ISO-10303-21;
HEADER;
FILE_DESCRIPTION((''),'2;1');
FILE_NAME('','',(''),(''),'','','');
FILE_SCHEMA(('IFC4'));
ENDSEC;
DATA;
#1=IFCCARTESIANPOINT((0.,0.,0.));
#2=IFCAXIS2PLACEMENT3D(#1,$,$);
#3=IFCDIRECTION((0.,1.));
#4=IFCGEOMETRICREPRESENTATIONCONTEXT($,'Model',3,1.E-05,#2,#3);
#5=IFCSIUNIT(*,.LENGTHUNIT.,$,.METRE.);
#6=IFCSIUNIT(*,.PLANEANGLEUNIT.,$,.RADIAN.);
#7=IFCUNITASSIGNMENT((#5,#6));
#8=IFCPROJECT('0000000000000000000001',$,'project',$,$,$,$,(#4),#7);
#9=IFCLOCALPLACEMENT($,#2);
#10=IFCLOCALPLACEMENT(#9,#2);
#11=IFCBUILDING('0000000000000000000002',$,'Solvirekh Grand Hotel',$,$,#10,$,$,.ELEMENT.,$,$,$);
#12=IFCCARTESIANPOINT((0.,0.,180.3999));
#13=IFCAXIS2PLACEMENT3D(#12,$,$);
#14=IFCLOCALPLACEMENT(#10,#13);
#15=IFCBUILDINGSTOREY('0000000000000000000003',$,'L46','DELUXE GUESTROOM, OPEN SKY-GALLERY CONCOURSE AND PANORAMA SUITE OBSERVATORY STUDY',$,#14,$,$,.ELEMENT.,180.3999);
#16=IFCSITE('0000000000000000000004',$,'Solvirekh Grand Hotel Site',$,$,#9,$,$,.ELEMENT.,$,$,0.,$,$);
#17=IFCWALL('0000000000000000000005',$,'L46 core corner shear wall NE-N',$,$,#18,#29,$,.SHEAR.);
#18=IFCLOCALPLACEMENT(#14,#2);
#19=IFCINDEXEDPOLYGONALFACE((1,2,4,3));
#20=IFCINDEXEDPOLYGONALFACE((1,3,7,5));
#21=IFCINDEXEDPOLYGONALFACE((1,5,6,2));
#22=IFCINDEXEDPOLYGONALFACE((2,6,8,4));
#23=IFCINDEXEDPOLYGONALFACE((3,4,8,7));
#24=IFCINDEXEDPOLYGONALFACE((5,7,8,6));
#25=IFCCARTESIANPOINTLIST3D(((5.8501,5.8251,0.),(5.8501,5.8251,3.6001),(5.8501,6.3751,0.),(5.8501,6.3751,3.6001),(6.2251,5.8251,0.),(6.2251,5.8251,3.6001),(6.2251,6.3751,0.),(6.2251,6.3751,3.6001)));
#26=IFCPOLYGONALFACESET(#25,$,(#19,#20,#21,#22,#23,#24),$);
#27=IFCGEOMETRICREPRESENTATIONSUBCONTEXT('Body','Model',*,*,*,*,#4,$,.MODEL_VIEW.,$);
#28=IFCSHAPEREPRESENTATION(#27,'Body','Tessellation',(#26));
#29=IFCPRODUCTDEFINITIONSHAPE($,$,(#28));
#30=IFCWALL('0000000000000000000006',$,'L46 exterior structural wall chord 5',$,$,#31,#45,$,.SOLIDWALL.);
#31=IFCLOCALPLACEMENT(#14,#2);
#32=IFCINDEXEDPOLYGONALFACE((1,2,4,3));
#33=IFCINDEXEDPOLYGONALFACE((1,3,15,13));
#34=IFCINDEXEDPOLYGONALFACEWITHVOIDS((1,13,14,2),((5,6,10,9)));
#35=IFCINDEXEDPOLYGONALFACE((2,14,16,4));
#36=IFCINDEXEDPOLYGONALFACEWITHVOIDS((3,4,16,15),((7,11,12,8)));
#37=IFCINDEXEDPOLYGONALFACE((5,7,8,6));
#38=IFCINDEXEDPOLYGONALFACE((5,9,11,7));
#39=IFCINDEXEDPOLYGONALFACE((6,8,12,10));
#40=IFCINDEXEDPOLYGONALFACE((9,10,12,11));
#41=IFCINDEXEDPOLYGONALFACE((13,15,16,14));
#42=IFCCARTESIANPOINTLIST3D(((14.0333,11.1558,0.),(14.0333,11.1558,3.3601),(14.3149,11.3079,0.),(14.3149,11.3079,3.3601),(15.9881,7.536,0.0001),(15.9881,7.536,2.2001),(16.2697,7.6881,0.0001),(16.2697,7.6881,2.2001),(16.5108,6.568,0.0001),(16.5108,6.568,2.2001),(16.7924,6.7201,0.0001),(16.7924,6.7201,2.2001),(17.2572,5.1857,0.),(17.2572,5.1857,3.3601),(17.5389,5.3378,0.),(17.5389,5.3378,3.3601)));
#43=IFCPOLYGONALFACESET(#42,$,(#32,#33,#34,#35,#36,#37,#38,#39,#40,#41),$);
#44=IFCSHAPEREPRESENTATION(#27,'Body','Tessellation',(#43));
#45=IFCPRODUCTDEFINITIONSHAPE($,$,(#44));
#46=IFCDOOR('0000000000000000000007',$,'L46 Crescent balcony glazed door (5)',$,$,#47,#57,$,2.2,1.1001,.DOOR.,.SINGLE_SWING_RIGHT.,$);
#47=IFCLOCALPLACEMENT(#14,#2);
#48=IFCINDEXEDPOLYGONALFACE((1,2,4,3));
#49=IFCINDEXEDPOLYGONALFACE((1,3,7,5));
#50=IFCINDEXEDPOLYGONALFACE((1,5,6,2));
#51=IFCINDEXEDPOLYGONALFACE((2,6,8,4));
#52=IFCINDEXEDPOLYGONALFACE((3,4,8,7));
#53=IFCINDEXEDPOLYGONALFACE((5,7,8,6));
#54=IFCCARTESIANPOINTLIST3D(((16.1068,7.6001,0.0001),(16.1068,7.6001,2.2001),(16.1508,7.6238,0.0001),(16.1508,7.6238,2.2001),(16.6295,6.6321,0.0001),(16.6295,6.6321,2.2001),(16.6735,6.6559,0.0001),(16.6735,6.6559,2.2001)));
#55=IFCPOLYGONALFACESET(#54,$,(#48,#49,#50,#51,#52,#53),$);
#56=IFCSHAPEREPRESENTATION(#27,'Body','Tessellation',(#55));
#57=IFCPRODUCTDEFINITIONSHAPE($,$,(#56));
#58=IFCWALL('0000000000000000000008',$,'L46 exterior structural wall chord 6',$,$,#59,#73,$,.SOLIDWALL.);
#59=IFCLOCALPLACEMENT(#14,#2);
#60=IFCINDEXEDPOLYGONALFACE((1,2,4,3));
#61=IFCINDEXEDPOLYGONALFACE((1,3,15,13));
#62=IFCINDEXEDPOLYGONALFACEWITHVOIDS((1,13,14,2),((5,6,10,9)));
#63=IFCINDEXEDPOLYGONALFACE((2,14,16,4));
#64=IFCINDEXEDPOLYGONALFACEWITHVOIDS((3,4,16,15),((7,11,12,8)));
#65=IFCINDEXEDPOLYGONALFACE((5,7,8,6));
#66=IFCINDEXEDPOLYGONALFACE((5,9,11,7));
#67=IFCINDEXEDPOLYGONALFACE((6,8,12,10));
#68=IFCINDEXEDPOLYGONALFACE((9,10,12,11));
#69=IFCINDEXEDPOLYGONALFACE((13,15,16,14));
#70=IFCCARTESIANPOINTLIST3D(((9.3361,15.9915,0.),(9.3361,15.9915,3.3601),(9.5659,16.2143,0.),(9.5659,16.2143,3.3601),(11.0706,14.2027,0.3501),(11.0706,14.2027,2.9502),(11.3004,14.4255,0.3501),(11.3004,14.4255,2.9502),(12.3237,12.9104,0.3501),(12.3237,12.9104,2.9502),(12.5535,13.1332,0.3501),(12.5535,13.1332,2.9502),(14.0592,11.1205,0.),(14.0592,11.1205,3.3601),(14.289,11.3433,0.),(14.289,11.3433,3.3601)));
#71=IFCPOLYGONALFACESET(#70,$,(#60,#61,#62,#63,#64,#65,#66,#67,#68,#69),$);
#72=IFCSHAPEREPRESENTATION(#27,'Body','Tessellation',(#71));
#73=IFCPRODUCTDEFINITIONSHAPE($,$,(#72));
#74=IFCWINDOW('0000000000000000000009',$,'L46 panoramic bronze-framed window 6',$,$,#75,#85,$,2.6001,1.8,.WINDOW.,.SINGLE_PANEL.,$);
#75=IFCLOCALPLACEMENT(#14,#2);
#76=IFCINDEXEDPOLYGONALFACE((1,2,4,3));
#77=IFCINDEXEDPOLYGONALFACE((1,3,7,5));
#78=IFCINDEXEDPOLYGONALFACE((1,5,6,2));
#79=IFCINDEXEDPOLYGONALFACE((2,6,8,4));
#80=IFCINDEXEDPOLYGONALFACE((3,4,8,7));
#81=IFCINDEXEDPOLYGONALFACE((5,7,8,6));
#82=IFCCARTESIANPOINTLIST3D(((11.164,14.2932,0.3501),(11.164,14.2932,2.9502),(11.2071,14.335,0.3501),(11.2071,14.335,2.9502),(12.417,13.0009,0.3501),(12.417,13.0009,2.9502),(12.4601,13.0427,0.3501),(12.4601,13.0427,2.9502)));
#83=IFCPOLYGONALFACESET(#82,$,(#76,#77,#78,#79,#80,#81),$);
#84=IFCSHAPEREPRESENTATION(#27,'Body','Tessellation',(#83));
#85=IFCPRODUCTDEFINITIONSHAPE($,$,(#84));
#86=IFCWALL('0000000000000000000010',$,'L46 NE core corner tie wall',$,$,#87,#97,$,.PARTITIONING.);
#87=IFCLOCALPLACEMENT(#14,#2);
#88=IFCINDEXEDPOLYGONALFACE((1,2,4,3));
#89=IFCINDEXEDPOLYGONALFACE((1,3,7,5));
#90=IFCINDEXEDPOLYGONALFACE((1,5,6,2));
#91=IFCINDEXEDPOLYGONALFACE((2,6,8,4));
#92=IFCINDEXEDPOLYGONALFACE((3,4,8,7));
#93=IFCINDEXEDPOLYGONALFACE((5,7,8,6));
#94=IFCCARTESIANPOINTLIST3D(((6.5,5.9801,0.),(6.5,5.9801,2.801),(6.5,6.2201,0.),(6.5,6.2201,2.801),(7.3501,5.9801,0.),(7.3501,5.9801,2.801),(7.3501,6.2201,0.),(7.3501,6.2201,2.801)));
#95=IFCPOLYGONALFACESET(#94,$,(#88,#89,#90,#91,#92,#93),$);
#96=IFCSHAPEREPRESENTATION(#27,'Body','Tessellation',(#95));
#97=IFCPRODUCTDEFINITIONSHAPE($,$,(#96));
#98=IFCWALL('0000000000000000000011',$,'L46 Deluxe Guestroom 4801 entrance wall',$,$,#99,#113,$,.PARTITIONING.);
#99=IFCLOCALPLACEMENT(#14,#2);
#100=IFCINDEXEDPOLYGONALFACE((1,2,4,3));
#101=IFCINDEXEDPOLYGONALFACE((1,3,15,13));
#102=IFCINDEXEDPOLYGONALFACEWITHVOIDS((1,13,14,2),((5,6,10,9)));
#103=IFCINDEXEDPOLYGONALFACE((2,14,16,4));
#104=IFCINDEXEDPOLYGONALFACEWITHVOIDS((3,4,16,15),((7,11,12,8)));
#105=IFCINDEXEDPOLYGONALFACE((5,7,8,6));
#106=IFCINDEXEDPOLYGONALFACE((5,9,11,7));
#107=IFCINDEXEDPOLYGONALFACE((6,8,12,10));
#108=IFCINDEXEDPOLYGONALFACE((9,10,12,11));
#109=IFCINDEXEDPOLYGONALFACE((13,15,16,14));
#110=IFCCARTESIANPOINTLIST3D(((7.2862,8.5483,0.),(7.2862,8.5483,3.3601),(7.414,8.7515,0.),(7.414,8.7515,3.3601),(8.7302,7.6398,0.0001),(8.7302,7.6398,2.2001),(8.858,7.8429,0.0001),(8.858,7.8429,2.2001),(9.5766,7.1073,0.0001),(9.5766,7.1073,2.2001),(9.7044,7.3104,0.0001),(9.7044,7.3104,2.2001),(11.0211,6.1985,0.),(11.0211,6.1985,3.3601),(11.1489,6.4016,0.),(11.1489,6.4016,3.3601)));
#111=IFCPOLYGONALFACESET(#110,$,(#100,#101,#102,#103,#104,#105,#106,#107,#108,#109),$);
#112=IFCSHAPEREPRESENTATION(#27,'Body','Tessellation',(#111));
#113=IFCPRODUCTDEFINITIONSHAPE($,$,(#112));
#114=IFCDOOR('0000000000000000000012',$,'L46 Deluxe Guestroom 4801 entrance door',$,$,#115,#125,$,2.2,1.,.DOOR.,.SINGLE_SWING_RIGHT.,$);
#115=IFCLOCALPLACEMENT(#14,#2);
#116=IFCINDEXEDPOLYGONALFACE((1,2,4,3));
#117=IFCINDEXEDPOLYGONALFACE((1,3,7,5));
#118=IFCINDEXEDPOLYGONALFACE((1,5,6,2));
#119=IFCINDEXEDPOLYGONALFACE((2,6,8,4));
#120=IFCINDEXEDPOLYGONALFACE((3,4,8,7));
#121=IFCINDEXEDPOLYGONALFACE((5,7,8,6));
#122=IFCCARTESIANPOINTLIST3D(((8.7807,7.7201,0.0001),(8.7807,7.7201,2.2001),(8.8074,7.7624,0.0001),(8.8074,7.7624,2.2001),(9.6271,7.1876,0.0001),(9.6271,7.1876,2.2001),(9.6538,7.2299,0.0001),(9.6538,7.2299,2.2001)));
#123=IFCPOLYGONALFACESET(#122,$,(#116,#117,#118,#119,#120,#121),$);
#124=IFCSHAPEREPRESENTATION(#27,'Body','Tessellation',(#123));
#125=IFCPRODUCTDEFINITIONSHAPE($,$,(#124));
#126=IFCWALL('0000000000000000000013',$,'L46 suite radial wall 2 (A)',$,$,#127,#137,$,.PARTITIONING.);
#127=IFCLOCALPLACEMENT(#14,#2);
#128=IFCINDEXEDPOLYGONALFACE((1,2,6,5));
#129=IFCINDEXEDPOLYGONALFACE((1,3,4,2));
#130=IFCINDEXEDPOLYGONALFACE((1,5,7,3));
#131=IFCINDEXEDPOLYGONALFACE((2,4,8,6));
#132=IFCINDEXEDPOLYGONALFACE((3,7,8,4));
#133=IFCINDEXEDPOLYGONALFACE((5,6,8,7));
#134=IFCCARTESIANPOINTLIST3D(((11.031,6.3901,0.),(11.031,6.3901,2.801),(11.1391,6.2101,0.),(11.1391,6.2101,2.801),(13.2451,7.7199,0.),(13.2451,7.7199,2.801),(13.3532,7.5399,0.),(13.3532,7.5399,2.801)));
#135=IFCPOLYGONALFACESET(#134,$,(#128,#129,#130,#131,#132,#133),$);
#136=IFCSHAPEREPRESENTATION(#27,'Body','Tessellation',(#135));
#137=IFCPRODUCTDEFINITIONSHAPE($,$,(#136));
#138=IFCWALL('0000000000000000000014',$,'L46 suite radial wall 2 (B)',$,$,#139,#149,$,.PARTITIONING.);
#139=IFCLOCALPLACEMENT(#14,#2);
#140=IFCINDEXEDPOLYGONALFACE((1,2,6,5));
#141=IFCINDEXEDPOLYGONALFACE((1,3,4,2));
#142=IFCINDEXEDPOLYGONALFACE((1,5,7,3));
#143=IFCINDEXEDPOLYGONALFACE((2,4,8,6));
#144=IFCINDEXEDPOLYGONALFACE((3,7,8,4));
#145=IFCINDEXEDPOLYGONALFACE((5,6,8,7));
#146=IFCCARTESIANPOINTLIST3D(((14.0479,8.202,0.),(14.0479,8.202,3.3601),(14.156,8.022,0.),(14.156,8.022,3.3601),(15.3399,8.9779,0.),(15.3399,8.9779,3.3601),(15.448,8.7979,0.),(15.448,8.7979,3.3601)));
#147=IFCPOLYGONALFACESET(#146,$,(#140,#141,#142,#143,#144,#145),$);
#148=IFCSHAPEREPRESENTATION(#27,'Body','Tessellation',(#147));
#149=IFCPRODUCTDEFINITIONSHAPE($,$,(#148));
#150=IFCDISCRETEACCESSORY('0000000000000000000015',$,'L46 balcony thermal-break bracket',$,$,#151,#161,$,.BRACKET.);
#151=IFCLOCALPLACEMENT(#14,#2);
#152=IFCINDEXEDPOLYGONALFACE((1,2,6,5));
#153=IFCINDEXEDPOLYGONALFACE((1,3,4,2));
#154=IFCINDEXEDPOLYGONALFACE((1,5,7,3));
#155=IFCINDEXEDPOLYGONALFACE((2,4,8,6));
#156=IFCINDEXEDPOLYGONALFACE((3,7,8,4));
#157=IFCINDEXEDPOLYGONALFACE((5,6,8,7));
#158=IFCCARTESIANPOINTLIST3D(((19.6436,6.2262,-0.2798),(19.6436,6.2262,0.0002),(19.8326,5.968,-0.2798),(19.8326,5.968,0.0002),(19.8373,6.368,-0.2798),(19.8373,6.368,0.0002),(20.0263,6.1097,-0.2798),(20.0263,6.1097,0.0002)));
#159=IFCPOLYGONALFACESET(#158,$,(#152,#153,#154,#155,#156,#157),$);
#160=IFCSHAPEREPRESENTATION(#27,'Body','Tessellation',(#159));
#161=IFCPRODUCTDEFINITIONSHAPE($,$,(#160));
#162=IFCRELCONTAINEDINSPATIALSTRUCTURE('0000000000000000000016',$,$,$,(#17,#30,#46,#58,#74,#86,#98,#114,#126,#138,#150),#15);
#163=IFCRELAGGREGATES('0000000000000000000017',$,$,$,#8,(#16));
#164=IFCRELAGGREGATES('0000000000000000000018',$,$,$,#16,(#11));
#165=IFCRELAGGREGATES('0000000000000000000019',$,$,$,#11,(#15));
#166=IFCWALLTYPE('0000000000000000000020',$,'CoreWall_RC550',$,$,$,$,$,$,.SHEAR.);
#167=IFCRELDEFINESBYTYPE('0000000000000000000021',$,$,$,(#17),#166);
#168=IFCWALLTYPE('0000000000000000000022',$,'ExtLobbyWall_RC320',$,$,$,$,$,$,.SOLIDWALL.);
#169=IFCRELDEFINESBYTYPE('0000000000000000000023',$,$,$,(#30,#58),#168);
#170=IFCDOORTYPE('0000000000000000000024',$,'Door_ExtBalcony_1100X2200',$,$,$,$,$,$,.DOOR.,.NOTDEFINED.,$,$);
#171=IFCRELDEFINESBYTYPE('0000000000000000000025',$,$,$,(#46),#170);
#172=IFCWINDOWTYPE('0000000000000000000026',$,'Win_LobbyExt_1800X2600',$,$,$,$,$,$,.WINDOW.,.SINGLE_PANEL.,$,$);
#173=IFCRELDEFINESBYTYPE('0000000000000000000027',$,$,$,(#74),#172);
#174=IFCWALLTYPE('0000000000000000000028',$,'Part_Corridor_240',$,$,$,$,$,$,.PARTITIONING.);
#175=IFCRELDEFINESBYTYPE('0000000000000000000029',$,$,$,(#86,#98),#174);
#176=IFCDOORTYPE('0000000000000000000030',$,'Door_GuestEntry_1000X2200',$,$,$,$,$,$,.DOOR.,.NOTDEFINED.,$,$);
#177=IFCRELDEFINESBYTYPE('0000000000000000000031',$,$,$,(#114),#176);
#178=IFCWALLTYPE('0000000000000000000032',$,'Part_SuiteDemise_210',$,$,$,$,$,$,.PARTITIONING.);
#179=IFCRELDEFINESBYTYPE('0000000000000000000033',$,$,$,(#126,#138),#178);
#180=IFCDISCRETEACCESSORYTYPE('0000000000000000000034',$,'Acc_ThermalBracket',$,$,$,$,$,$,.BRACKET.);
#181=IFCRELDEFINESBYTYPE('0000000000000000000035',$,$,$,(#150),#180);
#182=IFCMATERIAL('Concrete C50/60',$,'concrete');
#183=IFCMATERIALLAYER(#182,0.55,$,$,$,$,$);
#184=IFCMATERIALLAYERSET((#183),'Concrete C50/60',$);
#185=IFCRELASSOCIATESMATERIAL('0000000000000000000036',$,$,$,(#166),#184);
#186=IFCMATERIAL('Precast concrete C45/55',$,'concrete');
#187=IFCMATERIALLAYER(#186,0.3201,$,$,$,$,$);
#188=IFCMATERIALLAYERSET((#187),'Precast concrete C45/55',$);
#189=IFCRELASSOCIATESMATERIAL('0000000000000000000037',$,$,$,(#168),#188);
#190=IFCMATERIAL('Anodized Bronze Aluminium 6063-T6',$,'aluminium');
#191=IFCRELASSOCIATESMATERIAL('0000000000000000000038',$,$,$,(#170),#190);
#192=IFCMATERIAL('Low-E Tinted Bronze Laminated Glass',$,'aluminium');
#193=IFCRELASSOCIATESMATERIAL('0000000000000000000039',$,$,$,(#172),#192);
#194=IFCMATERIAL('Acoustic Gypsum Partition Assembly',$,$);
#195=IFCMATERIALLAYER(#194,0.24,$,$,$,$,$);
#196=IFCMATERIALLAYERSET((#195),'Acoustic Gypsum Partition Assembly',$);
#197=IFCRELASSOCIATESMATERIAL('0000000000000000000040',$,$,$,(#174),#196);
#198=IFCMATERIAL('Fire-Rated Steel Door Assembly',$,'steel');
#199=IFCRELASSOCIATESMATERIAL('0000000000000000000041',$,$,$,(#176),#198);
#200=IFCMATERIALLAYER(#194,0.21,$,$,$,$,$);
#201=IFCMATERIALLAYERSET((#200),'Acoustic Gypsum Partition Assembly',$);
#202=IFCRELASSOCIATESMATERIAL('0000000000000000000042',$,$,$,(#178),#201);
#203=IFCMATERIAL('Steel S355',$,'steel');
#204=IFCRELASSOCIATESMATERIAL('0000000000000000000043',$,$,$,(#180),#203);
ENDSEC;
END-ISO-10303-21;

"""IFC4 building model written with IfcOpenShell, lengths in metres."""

from ifc_helpers import new_model, si_unit, direction, frame, frame_2d, origin, origin_2d, place, context, subcontext, project, spatial, rectangle, extrude, material, layer, layer_set, type_object, element, fill, save


model = new_model("IFC4")

# Units and contexts
model_context = context("Model", 3, precision=1e-05, world=origin(), true_north=direction((0.0, 1.0)))
body_context = subcontext(model_context, "Body", "Model", "MODEL_VIEW")
ifc_project = project(units=[si_unit("LENGTHUNIT", "METRE"), si_unit("PLANEANGLEUNIT", "RADIAN")], contexts=[model_context])

# Site, building, storey
site_placement = place(None, origin())
site = spatial("IfcSite", under=ifc_project, at=site_placement, Name="Solvirekh Grand Hotel Site", CompositionType="ELEMENT", RefElevation=0.0)
building_placement = place(site_placement, origin())
building = spatial("IfcBuilding", under=site, at=building_placement, Name="Solvirekh Grand Hotel", CompositionType="ELEMENT")
storey_placement = place(building_placement, frame((0.0, 0.0, 180.3999)))
storey = spatial("IfcBuildingStorey", under=building, at=storey_placement, Name="L46", Description="DELUXE GUESTROOM, OPEN SKY-GALLERY CONCOURSE AND PANORAMA SUITE OBSERVATORY STUDY", CompositionType="ELEMENT", Elevation=180.3999)

# Shared definitions
ifc_material_1 = material(Name="Concrete C50/60", Category="concrete")

# Shared definitions
ifc_material_2 = material(Name="Steel S355", Category="steel")

# Wall
ifc_layer_1 = layer(ifc_material_1, 0.55)
ifc_layer_set_1 = layer_set([ifc_layer_1], Name="Concrete C50/60")
wall_type_1 = type_object("IfcWallType", Name="CoreWall_RC550", PredefinedType="SHEAR", material=ifc_layer_set_1)
wall_1_placement = place(storey_placement, frame((5.8501, 6.1001, 0.0), z_axis=(0.0, 0.0, 1.0), x_axis=(1.0, 0.0, 0.0)))
element("IfcWall", 1, at=wall_1_placement, inside=storey, type_object=wall_type_1, Name="L46 core corner shear wall NE-N", PredefinedType="SHEAR", context=body_context, shape_type="SweptSolid", body=[
    extrude(rectangle(XDim=0.375, YDim=0.55, at=frame_2d((0.1875, 0.0))), origin(), (0.0, 0.0, 1.0), 3.6001),
])

# Wall, opening, door
ifc_material_3 = material(Name="Precast concrete C45/55", Category="concrete")
ifc_layer_2 = layer(ifc_material_3, 0.3201)
ifc_layer_set_2 = layer_set([ifc_layer_2], Name="Precast concrete C45/55")
wall_type_2 = type_object("IfcWallType", Name="ExtLobbyWall_RC320", PredefinedType="SOLIDWALL", material=ifc_layer_set_2)
wall_2_placement = place(storey_placement, frame((14.1741, 11.2319, 0.0), z_axis=(0.0, 0.0, 1.0), x_axis=(0.47516, -0.8799, 0.0)))
wall_2 = element("IfcWall", 2, at=wall_2_placement, inside=storey, type_object=wall_type_2, Name="L46 exterior structural wall chord 5", PredefinedType="SOLIDWALL", context=body_context, shape_type="SweptSolid", body=[
    extrude(rectangle(XDim=6.7849, YDim=0.3201, at=frame_2d((3.3926, 0.0))), origin(), (0.0, 0.0, 1.0), 3.3601),
])
opening_1_placement = place(wall_2_placement, frame((4.114, 0.0, 0.0)))
opening_1 = element("IfcOpeningElement", 3, at=opening_1_placement, cuts=wall_2, PredefinedType="OPENING", context=body_context, shape_type="SweptSolid", body=[
    extrude(rectangle(XDim=1.1001, YDim=2.2, at=frame_2d((0.55, 1.1001))), frame((0.0, 0.1699, 0.0), z_axis=(0.0, -1.0, 0.0), x_axis=(1.0, 0.0, 0.0)), (0.0, 0.0, 1.0), 0.3401),
])
ifc_material_4 = material(Name="Anodized Bronze Aluminium 6063-T6", Category="aluminium")
door_type_1 = type_object("IfcDoorType", Name="Door_ExtBalcony_1100X2200", OperationType="NOTDEFINED", PredefinedType="DOOR", material=ifc_material_4)
door_1_placement = place(opening_1_placement, origin())
door_1 = element("IfcDoor", 4, at=door_1_placement, inside=storey, type_object=door_type_1, Name="L46 Crescent balcony glazed door (5)", OperationType="SINGLE_SWING_RIGHT", OverallHeight=2.2, OverallWidth=1.1001, PredefinedType="DOOR", context=body_context, shape_type="SweptSolid", body=[
    extrude(rectangle(XDim=1.1001, YDim=2.2, at=frame_2d((0.55, 1.1001))), frame((0.0, 0.0249, 0.0), z_axis=(0.0, -1.0, 0.0), x_axis=(1.0, 0.0, 0.0)), (0.0, 0.0, 1.0), 0.05),
])
fill(opening_1, door_1)

# Wall, opening, window
wall_3_placement = place(storey_placement, frame((9.4509, 16.103, 0.0), z_axis=(0.0, 0.0, 1.0), x_axis=(0.69612, -0.717925, 0.0)))
wall_3 = element("IfcWall", 5, at=wall_3_placement, inside=storey, type_object=wall_type_2, Name="L46 exterior structural wall chord 6", PredefinedType="SOLIDWALL", context=body_context, shape_type="SweptSolid", body=[
    extrude(rectangle(XDim=6.7849, YDim=0.3201, at=frame_2d((3.3926, 0.0))), origin(), (0.0, 0.0, 1.0), 3.3601),
])
opening_2_placement = place(wall_3_placement, frame((2.4919, 0.0, 0.3501)))
opening_2 = element("IfcOpeningElement", 6, at=opening_2_placement, cuts=wall_3, PredefinedType="OPENING", context=body_context, shape_type="SweptSolid", body=[
    extrude(rectangle(XDim=1.8, YDim=2.6001, at=frame_2d((0.8999, 1.3))), frame((0.0, 0.1699, 0.0), z_axis=(0.0, -1.0, 0.0), x_axis=(1.0, 0.0, 0.0)), (0.0, 0.0, 1.0), 0.3401),
])
ifc_material_5 = material(Name="Low-E Tinted Bronze Laminated Glass", Category="aluminium")
window_type = type_object("IfcWindowType", Name="Win_LobbyExt_1800X2600", PartitioningType="SINGLE_PANEL", PredefinedType="WINDOW", material=ifc_material_5)
window_placement = place(opening_2_placement, origin())
window = element("IfcWindow", 7, at=window_placement, inside=storey, type_object=window_type, Name="L46 panoramic bronze-framed window 6", OverallHeight=2.6001, OverallWidth=1.8, PartitioningType="SINGLE_PANEL", PredefinedType="WINDOW", context=body_context, shape_type="SweptSolid", body=[
    extrude(rectangle(XDim=1.8, YDim=2.6001, at=frame_2d((0.8999, 1.3))), frame((0.0, 0.03, 0.0), z_axis=(0.0, -1.0, 0.0), x_axis=(1.0, 0.0, 0.0)), (0.0, 0.0, 1.0), 0.0601),
])
fill(opening_2, window)

# Wall
ifc_material_6 = material(Name="Acoustic Gypsum Partition Assembly")
ifc_layer_3 = layer(ifc_material_6, 0.24)
ifc_layer_set_3 = layer_set([ifc_layer_3], Name="Acoustic Gypsum Partition Assembly")
wall_type_3 = type_object("IfcWallType", Name="Part_Corridor_240", PredefinedType="PARTITIONING", material=ifc_layer_set_3)
wall_4_placement = place(storey_placement, frame((6.5, 6.1001, 0.0), z_axis=(0.0, 0.0, 1.0), x_axis=(1.0, 0.0, 0.0)))
element("IfcWall", 8, at=wall_4_placement, inside=storey, type_object=wall_type_3, Name="L46 NE core corner tie wall", PredefinedType="PARTITIONING", context=body_context, shape_type="SweptSolid", body=[
    extrude(rectangle(XDim=0.8501, YDim=0.24, at=frame_2d((0.425, 0.0))), origin(), (0.0, 0.0, 1.0), 2.801),
])

# Wall, opening, door
wall_5_placement = place(storey_placement, frame((7.3501, 8.6499, 0.0), z_axis=(0.0, 0.0, 1.0), x_axis=(0.846409, -0.532533, 0.0)))
wall_5 = element("IfcWall", 9, at=wall_5_placement, inside=storey, type_object=wall_type_3, Name="L46 Deluxe Guestroom 4801 entrance wall", PredefinedType="PARTITIONING", context=body_context, shape_type="SweptSolid", body=[
    extrude(rectangle(XDim=4.4126, YDim=0.24, at=frame_2d((2.2063, 0.0))), origin(), (0.0, 0.0, 1.0), 3.3601),
])
opening_3_placement = place(wall_5_placement, frame((1.7061, 0.0, 0.0)))
opening_3 = element("IfcOpeningElement", 10, at=opening_3_placement, cuts=wall_5, PredefinedType="OPENING", context=body_context, shape_type="SweptSolid", body=[
    extrude(rectangle(XDim=1.0, YDim=2.2, at=frame_2d((0.5, 1.1001))), frame((0.0, 0.1299, 0.0), z_axis=(0.0, -1.0, 0.0), x_axis=(1.0, 0.0, 0.0)), (0.0, 0.0, 1.0), 0.26),
])
ifc_material_7 = material(Name="Fire-Rated Steel Door Assembly", Category="steel")
door_type_2 = type_object("IfcDoorType", Name="Door_GuestEntry_1000X2200", OperationType="NOTDEFINED", PredefinedType="DOOR", material=ifc_material_7)
door_2_placement = place(opening_3_placement, origin())
door_2 = element("IfcDoor", 11, at=door_2_placement, inside=storey, type_object=door_type_2, Name="L46 Deluxe Guestroom 4801 entrance door", OperationType="SINGLE_SWING_RIGHT", OverallHeight=2.2, OverallWidth=1.0, PredefinedType="DOOR", context=body_context, shape_type="SweptSolid", body=[
    extrude(rectangle(XDim=1.0, YDim=2.2, at=frame_2d((0.5, 1.1001))), frame((0.0, 0.0249, 0.0), z_axis=(0.0, -1.0, 0.0), x_axis=(1.0, 0.0, 0.0)), (0.0, 0.0, 1.0), 0.05),
])
fill(opening_3, door_2)

# Walls
ifc_layer_4 = layer(ifc_material_6, 0.21)
ifc_layer_set_4 = layer_set([ifc_layer_4], Name="Acoustic Gypsum Partition Assembly")
wall_type_4 = type_object("IfcWallType", Name="Part_SuiteDemise_210", PredefinedType="PARTITIONING", material=ifc_layer_set_4)
wall_6_placement = place(storey_placement, frame((11.085, 6.3, 0.0), z_axis=(0.0, 0.0, 1.0), x_axis=(0.857259, 0.514885, 0.0)))
element("IfcWall", 12, at=wall_6_placement, inside=storey, type_object=wall_type_4, Name="L46 suite radial wall 2 (A)", PredefinedType="PARTITIONING", context=body_context, shape_type="SweptSolid", body=[
    extrude(rectangle(XDim=2.5828, YDim=0.21, at=frame_2d((1.2915, 0.0))), origin(), (0.0, 0.0, 1.0), 2.801),
])
wall_7_placement = place(storey_placement, frame((14.1021, 8.1121, 0.0), z_axis=(0.0, 0.0, 1.0), x_axis=(0.857293, 0.514829, 0.0)))
element("IfcWall", 13, at=wall_7_placement, inside=storey, type_object=wall_type_4, Name="L46 suite radial wall 2 (B)", PredefinedType="PARTITIONING", context=body_context, shape_type="SweptSolid", body=[
    extrude(rectangle(XDim=1.5071, YDim=0.21, at=frame_2d((0.7534, 0.0))), origin(), (0.0, 0.0, 1.0), 3.3601),
])

# Discrete accessory
discrete_accessory_type = type_object("IfcDiscreteAccessoryType", Name="Acc_ThermalBracket", PredefinedType="BRACKET", material=ifc_material_2)
discrete_accessory_placement = place(storey_placement, frame((19.835, 6.168, -0.2798), z_axis=(0.0, 0.0, 1.0), x_axis=(0.590606, -0.80696, 0.0)))
element("IfcDiscreteAccessory", 14, at=discrete_accessory_placement, inside=storey, type_object=discrete_accessory_type, Name="L46 balcony thermal-break bracket", PredefinedType="BRACKET", context=body_context, shape_type="SweptSolid", body=[
    extrude(rectangle(XDim=0.3201, YDim=0.24, at=origin_2d()), origin(), (0.0, 0.0, 1.0), 0.28),
])

save(model, "model.ifc")
